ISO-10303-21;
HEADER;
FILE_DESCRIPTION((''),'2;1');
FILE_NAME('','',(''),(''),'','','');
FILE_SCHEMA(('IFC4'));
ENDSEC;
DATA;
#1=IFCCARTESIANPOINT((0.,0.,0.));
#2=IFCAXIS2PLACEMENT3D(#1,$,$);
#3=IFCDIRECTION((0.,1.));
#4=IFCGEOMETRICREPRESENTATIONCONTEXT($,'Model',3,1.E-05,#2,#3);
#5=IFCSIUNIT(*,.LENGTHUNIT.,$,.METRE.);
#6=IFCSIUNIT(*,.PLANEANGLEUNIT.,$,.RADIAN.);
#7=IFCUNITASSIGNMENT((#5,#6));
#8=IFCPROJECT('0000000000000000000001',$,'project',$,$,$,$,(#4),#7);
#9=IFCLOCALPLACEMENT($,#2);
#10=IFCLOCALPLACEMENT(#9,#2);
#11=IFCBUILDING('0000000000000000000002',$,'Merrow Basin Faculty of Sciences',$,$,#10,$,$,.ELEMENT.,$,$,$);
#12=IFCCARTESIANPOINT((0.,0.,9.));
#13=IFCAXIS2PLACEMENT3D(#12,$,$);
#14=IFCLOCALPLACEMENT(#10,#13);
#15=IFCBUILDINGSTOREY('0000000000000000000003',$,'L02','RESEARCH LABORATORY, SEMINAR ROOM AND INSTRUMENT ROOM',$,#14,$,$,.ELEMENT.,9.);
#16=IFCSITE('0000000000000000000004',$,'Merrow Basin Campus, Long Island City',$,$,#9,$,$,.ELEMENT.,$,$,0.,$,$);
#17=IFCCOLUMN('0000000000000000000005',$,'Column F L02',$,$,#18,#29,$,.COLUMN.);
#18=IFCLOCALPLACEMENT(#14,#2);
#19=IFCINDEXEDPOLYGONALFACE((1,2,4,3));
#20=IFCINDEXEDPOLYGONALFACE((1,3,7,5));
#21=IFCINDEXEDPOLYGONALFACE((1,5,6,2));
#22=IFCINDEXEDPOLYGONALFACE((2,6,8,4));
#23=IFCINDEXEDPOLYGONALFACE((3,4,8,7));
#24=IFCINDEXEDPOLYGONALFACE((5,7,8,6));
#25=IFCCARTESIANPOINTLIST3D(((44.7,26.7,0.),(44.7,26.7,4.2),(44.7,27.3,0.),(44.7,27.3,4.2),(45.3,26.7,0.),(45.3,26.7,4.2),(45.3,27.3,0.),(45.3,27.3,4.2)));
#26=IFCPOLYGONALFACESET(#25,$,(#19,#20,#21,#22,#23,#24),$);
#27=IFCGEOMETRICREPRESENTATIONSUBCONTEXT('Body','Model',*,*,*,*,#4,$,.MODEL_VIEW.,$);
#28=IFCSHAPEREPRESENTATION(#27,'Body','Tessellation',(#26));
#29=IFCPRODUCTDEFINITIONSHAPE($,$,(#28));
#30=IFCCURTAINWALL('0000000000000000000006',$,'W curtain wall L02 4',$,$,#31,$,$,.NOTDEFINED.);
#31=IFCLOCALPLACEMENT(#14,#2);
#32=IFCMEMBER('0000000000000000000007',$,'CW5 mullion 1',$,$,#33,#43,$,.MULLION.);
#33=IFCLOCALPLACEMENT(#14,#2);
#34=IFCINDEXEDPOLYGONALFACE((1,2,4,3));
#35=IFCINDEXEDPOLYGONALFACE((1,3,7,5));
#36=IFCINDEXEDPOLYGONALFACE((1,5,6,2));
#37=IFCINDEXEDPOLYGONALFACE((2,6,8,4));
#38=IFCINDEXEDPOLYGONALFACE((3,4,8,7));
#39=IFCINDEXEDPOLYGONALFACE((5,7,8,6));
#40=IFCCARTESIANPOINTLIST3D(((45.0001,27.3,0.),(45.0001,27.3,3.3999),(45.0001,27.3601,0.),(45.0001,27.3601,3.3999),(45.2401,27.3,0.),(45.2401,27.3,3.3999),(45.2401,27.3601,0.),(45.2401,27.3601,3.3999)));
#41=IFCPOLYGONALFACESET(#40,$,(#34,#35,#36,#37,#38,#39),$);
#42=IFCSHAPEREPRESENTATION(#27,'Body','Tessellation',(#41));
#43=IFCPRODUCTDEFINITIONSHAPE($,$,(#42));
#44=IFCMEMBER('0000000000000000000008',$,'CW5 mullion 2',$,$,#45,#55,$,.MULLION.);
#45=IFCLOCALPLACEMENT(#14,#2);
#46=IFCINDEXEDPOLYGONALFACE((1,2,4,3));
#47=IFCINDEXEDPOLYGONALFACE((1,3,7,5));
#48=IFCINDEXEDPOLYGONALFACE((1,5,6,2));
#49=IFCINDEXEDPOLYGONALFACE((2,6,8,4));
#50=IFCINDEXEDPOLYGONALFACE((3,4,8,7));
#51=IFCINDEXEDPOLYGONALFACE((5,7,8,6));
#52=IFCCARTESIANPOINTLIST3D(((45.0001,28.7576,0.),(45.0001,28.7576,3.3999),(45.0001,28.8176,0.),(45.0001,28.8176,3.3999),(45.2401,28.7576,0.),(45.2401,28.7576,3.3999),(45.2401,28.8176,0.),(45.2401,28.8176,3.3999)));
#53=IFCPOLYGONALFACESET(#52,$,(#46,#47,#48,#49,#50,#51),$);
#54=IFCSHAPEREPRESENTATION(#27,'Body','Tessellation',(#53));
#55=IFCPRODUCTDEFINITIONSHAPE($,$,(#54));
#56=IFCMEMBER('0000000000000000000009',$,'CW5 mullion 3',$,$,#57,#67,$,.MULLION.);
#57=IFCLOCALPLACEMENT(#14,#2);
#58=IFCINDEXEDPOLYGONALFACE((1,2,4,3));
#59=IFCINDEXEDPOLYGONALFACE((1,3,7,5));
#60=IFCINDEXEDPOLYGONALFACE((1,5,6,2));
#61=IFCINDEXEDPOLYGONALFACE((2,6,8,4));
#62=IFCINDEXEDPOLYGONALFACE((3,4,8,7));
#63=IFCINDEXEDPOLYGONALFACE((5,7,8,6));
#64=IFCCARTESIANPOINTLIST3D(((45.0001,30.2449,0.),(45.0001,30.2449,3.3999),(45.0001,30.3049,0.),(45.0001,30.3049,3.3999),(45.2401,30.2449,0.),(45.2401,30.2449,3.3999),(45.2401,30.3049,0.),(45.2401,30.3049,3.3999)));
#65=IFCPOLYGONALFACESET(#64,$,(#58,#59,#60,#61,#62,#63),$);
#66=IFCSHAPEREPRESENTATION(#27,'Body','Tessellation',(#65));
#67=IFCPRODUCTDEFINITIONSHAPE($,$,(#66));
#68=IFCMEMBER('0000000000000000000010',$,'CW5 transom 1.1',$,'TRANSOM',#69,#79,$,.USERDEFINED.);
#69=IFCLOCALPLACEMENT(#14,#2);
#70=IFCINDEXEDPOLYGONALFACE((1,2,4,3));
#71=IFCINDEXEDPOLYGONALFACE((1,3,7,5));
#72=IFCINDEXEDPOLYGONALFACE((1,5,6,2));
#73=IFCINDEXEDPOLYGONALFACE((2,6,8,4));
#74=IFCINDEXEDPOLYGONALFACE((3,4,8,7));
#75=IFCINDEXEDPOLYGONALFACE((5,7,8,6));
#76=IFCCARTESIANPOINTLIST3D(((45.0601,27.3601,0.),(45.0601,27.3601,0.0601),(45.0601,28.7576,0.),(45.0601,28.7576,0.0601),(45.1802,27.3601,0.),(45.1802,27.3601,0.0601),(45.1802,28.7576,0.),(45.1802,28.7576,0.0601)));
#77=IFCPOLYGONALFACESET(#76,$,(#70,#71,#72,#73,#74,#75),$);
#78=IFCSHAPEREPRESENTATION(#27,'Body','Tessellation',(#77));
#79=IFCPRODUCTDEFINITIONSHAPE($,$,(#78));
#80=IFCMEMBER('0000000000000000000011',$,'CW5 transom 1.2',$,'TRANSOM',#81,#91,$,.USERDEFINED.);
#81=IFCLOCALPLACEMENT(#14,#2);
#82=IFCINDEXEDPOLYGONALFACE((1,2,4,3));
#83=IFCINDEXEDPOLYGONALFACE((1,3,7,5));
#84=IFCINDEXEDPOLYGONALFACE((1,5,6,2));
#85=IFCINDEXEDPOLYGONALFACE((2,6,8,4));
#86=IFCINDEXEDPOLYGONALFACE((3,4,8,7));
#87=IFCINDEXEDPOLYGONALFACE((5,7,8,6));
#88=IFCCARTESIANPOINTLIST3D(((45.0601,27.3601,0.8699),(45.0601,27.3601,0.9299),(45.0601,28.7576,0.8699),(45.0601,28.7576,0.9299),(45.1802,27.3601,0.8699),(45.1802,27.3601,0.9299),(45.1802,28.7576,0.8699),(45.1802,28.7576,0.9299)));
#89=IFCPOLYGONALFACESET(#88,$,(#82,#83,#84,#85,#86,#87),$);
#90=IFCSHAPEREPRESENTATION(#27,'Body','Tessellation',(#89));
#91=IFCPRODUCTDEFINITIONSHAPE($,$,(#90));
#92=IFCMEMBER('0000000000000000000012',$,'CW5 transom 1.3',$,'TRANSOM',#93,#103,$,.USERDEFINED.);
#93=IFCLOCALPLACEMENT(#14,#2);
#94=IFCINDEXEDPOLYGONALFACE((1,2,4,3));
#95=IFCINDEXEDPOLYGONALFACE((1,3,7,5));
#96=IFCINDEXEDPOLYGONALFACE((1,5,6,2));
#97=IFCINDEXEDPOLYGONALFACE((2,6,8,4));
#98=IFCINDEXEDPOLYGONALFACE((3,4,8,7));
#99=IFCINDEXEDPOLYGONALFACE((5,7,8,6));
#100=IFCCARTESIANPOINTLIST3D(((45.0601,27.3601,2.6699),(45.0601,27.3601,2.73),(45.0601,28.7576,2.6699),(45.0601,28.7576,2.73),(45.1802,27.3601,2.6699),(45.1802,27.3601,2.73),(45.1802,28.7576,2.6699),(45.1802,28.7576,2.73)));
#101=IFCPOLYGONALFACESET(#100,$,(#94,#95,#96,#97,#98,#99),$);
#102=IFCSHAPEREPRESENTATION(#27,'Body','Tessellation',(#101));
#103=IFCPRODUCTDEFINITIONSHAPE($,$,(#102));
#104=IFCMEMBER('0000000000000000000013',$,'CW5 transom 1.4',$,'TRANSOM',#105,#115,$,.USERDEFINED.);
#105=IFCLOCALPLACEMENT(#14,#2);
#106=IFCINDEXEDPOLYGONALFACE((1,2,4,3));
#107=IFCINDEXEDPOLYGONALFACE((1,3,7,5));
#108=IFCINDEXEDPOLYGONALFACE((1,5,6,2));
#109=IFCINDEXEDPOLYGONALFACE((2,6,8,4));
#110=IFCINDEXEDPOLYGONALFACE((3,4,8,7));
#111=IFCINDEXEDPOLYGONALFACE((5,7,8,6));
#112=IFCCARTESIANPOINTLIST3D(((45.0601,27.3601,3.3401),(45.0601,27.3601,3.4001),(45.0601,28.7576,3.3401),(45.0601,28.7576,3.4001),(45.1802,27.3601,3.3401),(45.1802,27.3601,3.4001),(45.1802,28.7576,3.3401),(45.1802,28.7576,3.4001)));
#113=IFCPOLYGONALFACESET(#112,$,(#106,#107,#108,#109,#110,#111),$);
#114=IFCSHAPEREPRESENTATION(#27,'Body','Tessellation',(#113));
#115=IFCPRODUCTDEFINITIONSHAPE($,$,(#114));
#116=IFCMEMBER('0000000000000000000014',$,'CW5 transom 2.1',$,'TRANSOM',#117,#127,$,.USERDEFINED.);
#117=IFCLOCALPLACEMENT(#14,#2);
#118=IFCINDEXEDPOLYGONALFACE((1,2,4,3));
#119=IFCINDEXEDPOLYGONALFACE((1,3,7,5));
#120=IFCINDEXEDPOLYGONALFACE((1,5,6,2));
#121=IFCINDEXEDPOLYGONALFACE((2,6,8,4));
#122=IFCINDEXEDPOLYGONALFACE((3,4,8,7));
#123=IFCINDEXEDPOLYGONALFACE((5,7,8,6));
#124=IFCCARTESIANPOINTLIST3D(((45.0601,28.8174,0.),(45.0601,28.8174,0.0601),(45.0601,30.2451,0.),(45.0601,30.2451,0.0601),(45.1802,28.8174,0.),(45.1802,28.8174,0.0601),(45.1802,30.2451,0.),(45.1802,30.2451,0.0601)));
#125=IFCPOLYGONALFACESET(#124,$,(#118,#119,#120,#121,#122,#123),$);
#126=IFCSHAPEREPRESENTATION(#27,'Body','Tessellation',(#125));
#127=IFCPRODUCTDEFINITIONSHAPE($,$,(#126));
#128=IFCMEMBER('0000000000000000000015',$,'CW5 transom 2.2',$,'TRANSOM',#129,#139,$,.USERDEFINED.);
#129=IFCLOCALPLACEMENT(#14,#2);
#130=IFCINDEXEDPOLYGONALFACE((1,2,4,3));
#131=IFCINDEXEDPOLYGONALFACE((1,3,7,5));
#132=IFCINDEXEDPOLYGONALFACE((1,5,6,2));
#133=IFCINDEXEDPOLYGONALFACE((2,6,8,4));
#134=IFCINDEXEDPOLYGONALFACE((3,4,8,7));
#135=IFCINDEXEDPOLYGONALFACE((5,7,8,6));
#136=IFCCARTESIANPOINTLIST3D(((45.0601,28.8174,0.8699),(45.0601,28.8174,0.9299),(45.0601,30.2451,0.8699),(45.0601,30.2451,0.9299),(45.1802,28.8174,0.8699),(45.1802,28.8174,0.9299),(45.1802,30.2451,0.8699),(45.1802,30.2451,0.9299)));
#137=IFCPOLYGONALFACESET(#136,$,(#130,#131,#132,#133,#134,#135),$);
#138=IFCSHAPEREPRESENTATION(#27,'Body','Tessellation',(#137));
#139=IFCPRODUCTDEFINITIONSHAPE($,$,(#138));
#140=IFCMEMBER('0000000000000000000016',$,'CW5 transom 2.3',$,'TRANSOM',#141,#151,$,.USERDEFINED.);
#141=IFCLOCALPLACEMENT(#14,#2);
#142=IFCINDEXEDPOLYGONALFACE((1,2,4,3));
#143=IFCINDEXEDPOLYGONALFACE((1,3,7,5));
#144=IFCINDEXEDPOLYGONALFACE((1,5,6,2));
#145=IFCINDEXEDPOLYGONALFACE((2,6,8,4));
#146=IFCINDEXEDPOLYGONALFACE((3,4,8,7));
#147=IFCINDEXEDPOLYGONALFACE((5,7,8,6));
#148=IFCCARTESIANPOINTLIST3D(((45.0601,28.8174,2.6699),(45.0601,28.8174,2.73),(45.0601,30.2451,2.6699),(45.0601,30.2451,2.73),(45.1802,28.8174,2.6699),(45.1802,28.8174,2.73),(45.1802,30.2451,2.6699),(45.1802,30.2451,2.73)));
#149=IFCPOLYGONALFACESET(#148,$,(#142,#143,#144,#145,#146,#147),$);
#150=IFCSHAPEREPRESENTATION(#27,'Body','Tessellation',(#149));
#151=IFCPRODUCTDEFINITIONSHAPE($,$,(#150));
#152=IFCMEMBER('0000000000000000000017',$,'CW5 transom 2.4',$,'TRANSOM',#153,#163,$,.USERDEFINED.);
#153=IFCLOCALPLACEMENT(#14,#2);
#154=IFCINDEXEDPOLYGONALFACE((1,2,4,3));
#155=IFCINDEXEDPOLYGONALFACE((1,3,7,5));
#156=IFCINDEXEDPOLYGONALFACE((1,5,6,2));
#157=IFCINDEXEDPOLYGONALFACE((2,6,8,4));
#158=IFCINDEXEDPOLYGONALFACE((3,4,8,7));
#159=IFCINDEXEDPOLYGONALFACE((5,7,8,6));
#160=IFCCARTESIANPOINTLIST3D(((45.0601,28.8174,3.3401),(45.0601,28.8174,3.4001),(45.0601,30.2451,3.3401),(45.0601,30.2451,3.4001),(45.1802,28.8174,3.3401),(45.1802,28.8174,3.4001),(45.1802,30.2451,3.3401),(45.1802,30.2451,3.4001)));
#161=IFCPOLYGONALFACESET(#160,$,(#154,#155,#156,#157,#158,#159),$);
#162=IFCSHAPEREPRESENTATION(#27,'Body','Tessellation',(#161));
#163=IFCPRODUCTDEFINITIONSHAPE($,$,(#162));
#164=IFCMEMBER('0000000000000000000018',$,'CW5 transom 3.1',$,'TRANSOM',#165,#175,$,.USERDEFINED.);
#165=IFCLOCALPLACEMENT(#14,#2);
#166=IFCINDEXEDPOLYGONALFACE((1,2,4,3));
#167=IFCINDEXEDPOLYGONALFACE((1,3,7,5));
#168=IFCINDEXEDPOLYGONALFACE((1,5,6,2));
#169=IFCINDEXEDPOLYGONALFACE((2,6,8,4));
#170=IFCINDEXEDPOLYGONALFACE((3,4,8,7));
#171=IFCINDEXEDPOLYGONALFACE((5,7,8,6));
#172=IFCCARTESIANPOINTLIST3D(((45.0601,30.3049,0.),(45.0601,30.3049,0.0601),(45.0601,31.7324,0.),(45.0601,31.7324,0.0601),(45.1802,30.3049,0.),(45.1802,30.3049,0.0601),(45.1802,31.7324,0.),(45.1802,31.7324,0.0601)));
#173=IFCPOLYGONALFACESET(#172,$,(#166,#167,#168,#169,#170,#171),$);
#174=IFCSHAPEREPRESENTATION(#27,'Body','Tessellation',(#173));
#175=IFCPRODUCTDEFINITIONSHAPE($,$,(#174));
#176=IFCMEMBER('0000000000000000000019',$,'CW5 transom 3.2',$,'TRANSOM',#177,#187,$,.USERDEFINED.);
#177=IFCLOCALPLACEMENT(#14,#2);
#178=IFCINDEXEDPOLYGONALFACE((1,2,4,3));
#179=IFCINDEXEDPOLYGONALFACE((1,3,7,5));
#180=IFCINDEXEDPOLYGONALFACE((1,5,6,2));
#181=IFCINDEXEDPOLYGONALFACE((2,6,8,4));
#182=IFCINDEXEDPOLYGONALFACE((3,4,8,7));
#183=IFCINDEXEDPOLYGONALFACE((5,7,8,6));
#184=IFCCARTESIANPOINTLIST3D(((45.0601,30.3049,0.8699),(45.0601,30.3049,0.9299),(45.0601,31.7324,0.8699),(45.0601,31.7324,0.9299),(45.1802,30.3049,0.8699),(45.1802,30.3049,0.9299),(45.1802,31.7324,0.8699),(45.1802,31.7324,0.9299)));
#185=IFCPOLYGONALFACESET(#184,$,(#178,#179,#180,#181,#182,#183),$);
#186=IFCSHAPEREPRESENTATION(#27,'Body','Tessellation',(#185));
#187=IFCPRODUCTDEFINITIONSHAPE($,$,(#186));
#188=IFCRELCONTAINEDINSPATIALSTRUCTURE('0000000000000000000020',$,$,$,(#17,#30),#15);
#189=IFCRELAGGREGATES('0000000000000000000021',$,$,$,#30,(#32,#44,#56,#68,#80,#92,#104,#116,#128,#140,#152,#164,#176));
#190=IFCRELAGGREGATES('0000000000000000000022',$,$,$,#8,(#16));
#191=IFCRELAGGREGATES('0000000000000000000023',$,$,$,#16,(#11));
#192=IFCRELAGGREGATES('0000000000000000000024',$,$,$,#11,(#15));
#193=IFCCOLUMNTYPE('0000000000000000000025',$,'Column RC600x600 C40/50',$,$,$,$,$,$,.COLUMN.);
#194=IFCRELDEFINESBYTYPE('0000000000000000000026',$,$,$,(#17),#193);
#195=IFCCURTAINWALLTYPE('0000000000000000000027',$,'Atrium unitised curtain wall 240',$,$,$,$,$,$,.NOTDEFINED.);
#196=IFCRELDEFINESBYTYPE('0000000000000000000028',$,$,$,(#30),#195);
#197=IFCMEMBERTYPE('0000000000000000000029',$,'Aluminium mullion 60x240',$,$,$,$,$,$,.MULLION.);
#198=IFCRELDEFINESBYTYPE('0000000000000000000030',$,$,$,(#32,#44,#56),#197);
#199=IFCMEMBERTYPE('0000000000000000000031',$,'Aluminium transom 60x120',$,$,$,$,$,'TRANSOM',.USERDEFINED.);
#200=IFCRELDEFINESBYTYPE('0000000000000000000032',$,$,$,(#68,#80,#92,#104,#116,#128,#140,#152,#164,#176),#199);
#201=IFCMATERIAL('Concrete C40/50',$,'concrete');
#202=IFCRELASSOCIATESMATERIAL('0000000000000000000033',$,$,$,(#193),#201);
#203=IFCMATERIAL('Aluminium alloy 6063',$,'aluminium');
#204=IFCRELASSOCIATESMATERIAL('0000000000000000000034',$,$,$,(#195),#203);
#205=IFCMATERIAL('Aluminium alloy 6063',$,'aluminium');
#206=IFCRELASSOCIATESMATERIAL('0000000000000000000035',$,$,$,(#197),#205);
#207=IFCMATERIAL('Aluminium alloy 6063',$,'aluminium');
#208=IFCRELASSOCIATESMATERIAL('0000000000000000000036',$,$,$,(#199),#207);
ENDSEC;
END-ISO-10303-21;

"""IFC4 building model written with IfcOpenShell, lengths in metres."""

from ifc_helpers import new_model, si_unit, direction, frame, origin, origin_2d, place, context, subcontext, project, spatial, rectangle, extrude, material, material_profile, profile_set, type_object, element, aggregate, save


model = new_model("IFC4")

# Units and contexts
model_context = context("Model", 3, precision=1e-05, world=origin(), true_north=direction((0.0, 1.0)))
body_context = subcontext(model_context, "Body", "Model", "MODEL_VIEW")
ifc_project = project(units=[si_unit("LENGTHUNIT", "METRE"), si_unit("PLANEANGLEUNIT", "RADIAN")], contexts=[model_context])

# Site, building, storey
site_placement = place(None, origin())
site = spatial("IfcSite", under=ifc_project, at=site_placement, Name="Merrow Basin Campus, Long Island City", CompositionType="ELEMENT", RefElevation=0.0)
building_placement = place(site_placement, origin())
building = spatial("IfcBuilding", under=site, at=building_placement, Name="Merrow Basin Faculty of Sciences", CompositionType="ELEMENT")
storey_placement = place(building_placement, frame((0.0, 0.0, 9.0)))
storey = spatial("IfcBuildingStorey", under=building, at=storey_placement, Name="L02", Description="RESEARCH LABORATORY, SEMINAR ROOM AND INSTRUMENT ROOM", CompositionType="ELEMENT", Elevation=9.0)

# Column
ifc_material_1 = material(Name="Concrete C40/50", Category="concrete")
ifc_material_profile_1 = material_profile(ifc_material_1, rectangle(XDim=0.6001, YDim=0.6001, at=origin_2d()))
ifc_profile_set_1 = profile_set([ifc_material_profile_1], Name="Concrete C40/50")
column_type = type_object("IfcColumnType", Name="Column RC600x600 C40/50", PredefinedType="COLUMN", material=ifc_profile_set_1)
column_placement = place(storey_placement, frame((45.0, 27.0, 0.0), z_axis=(0.0, 0.0, 1.0), x_axis=(1.0, 0.0, 0.0)))
element("IfcColumn", 1, at=column_placement, inside=storey, type_object=column_type, Name="Column F L02", PredefinedType="COLUMN", context=body_context, shape_type="SweptSolid", body=[
    extrude(rectangle(XDim=0.6001, YDim=0.6001, at=origin_2d()), origin(), (0.0, 0.0, 1.0), 4.2),
])

# Curtain wall, members
ifc_material_2 = material(Name="Aluminium alloy 6063", Category="aluminium")
curtain_wall_type = type_object("IfcCurtainWallType", Name="Atrium unitised curtain wall 240", PredefinedType="NOTDEFINED", material=ifc_material_2)
curtain_wall_placement = place(storey_placement, origin())
curtain_wall = element("IfcCurtainWall", 2, at=curtain_wall_placement, inside=storey, type_object=curtain_wall_type, Name="W curtain wall L02 4", PredefinedType="NOTDEFINED")
ifc_material_3 = material(Name="Aluminium alloy 6063", Category="aluminium")
ifc_material_profile_2 = material_profile(ifc_material_3, rectangle(XDim=0.24, YDim=0.0601, at=origin_2d()))
ifc_profile_set_2 = profile_set([ifc_material_profile_2], Name="Aluminium alloy 6063")
member_type_1 = type_object("IfcMemberType", Name="Aluminium mullion 60x240", PredefinedType="MULLION", material=ifc_profile_set_2)
member_1_placement = place(storey_placement, frame((45.1201, 27.3301, 0.0), z_axis=(0.0, 0.0, 1.0), x_axis=(-1.0, 0.0, 0.0)))
member_1 = element("IfcMember", 3, at=member_1_placement, type_object=member_type_1, Name="CW5 mullion 1", PredefinedType="MULLION", context=body_context, shape_type="SweptSolid", body=[
    extrude(rectangle(XDim=0.24, YDim=0.0601, at=origin_2d()), origin(), (0.0, 0.0, 1.0), 3.3999),
])
member_2_placement = place(storey_placement, frame((45.1201, 28.7876, 0.0), z_axis=(0.0, 0.0, 1.0), x_axis=(-1.0, 0.0, 0.0)))
member_2 = element("IfcMember", 4, at=member_2_placement, type_object=member_type_1, Name="CW5 mullion 2", PredefinedType="MULLION", context=body_context, shape_type="SweptSolid", body=[
    extrude(rectangle(XDim=0.24, YDim=0.0601, at=origin_2d()), origin(), (0.0, 0.0, 1.0), 3.3999),
])
member_3_placement = place(storey_placement, frame((45.1201, 30.2749, 0.0), z_axis=(0.0, 0.0, 1.0), x_axis=(-1.0, 0.0, 0.0)))
member_3 = element("IfcMember", 5, at=member_3_placement, type_object=member_type_1, Name="CW5 mullion 3", PredefinedType="MULLION", context=body_context, shape_type="SweptSolid", body=[
    extrude(rectangle(XDim=0.24, YDim=0.0601, at=origin_2d()), origin(), (0.0, 0.0, 1.0), 3.3999),
])
ifc_material_4 = material(Name="Aluminium alloy 6063", Category="aluminium")
ifc_material_profile_3 = material_profile(ifc_material_4, rectangle(XDim=0.1201, YDim=0.0601, at=origin_2d()))
ifc_profile_set_3 = profile_set([ifc_material_profile_3], Name="Aluminium alloy 6063")
member_type_2 = type_object("IfcMemberType", Name="Aluminium transom 60x120", ElementType="TRANSOM", PredefinedType="USERDEFINED", material=ifc_profile_set_3)
member_4_placement = place(storey_placement, frame((45.1201, 27.3601, 0.03), z_axis=(0.0, 1.0, 0.0), x_axis=(-1.0, 0.0, 0.0)))
member_4 = element("IfcMember", 6, at=member_4_placement, type_object=member_type_2, Name="CW5 transom 1.1", ObjectType="TRANSOM", PredefinedType="USERDEFINED", context=body_context, shape_type="SweptSolid", body=[
    extrude(rectangle(XDim=0.1201, YDim=0.0601, at=origin_2d()), origin(), (0.0, 0.0, 1.0), 1.3975),
])
member_5_placement = place(storey_placement, frame((45.1201, 27.3601, 0.8999), z_axis=(0.0, 1.0, 0.0), x_axis=(-1.0, 0.0, 0.0)))
member_5 = element("IfcMember", 7, at=member_5_placement, type_object=member_type_2, Name="CW5 transom 1.2", ObjectType="TRANSOM", PredefinedType="USERDEFINED", context=body_context, shape_type="SweptSolid", body=[
    extrude(rectangle(XDim=0.1201, YDim=0.0601, at=origin_2d()), origin(), (0.0, 0.0, 1.0), 1.3975),
])
member_6_placement = place(storey_placement, frame((45.1201, 27.3601, 2.7), z_axis=(0.0, 1.0, 0.0), x_axis=(-1.0, 0.0, 0.0)))
member_6 = element("IfcMember", 8, at=member_6_placement, type_object=member_type_2, Name="CW5 transom 1.3", ObjectType="TRANSOM", PredefinedType="USERDEFINED", context=body_context, shape_type="SweptSolid", body=[
    extrude(rectangle(XDim=0.1201, YDim=0.0601, at=origin_2d()), origin(), (0.0, 0.0, 1.0), 1.3975),
])
member_7_placement = place(storey_placement, frame((45.1201, 27.3601, 3.3701), z_axis=(0.0, 1.0, 0.0), x_axis=(-1.0, 0.0, 0.0)))
member_7 = element("IfcMember", 9, at=member_7_placement, type_object=member_type_2, Name="CW5 transom 1.4", ObjectType="TRANSOM", PredefinedType="USERDEFINED", context=body_context, shape_type="SweptSolid", body=[
    extrude(rectangle(XDim=0.1201, YDim=0.0601, at=origin_2d()), origin(), (0.0, 0.0, 1.0), 1.3975),
])
member_8_placement = place(storey_placement, frame((45.1201, 28.8174, 0.03), z_axis=(0.0, 1.0, 0.0), x_axis=(-1.0, 0.0, 0.0)))
member_8 = element("IfcMember", 10, at=member_8_placement, type_object=member_type_2, Name="CW5 transom 2.1", ObjectType="TRANSOM", PredefinedType="USERDEFINED", context=body_context, shape_type="SweptSolid", body=[
    extrude(rectangle(XDim=0.1201, YDim=0.0601, at=origin_2d()), origin(), (0.0, 0.0, 1.0), 1.4277),
])
member_9_placement = place(storey_placement, frame((45.1201, 28.8174, 0.8999), z_axis=(0.0, 1.0, 0.0), x_axis=(-1.0, 0.0, 0.0)))
member_9 = element("IfcMember", 11, at=member_9_placement, type_object=member_type_2, Name="CW5 transom 2.2", ObjectType="TRANSOM", PredefinedType="USERDEFINED", context=body_context, shape_type="SweptSolid", body=[
    extrude(rectangle(XDim=0.1201, YDim=0.0601, at=origin_2d()), origin(), (0.0, 0.0, 1.0), 1.4277),
])
member_10_placement = place(storey_placement, frame((45.1201, 28.8174, 2.7), z_axis=(0.0, 1.0, 0.0), x_axis=(-1.0, 0.0, 0.0)))
member_10 = element("IfcMember", 12, at=member_10_placement, type_object=member_type_2, Name="CW5 transom 2.3", ObjectType="TRANSOM", PredefinedType="USERDEFINED", context=body_context, shape_type="SweptSolid", body=[
    extrude(rectangle(XDim=0.1201, YDim=0.0601, at=origin_2d()), origin(), (0.0, 0.0, 1.0), 1.4277),
])
member_11_placement = place(storey_placement, frame((45.1201, 28.8174, 3.3701), z_axis=(0.0, 1.0, 0.0), x_axis=(-1.0, 0.0, 0.0)))
member_11 = element("IfcMember", 13, at=member_11_placement, type_object=member_type_2, Name="CW5 transom 2.4", ObjectType="TRANSOM", PredefinedType="USERDEFINED", context=body_context, shape_type="SweptSolid", body=[
    extrude(rectangle(XDim=0.1201, YDim=0.0601, at=origin_2d()), origin(), (0.0, 0.0, 1.0), 1.4277),
])
member_12_placement = place(storey_placement, frame((45.1201, 30.3049, 0.03), z_axis=(0.0, 1.0, 0.0), x_axis=(-1.0, 0.0, 0.0)))
member_12 = element("IfcMember", 14, at=member_12_placement, type_object=member_type_2, Name="CW5 transom 3.1", ObjectType="TRANSOM", PredefinedType="USERDEFINED", context=body_context, shape_type="SweptSolid", body=[
    extrude(rectangle(XDim=0.1201, YDim=0.0601, at=origin_2d()), origin(), (0.0, 0.0, 1.0), 1.4275),
])
member_13_placement = place(storey_placement, frame((45.1201, 30.3049, 0.8999), z_axis=(0.0, 1.0, 0.0), x_axis=(-1.0, 0.0, 0.0)))
member_13 = element("IfcMember", 15, at=member_13_placement, type_object=member_type_2, Name="CW5 transom 3.2", ObjectType="TRANSOM", PredefinedType="USERDEFINED", context=body_context, shape_type="SweptSolid", body=[
    extrude(rectangle(XDim=0.1201, YDim=0.0601, at=origin_2d()), origin(), (0.0, 0.0, 1.0), 1.4275),
])

aggregate(curtain_wall, [member_1, member_2, member_3, member_4, member_5, member_6, member_7, member_8, member_9, member_10, member_11, member_12, member_13])

save(model, "model.ifc")
